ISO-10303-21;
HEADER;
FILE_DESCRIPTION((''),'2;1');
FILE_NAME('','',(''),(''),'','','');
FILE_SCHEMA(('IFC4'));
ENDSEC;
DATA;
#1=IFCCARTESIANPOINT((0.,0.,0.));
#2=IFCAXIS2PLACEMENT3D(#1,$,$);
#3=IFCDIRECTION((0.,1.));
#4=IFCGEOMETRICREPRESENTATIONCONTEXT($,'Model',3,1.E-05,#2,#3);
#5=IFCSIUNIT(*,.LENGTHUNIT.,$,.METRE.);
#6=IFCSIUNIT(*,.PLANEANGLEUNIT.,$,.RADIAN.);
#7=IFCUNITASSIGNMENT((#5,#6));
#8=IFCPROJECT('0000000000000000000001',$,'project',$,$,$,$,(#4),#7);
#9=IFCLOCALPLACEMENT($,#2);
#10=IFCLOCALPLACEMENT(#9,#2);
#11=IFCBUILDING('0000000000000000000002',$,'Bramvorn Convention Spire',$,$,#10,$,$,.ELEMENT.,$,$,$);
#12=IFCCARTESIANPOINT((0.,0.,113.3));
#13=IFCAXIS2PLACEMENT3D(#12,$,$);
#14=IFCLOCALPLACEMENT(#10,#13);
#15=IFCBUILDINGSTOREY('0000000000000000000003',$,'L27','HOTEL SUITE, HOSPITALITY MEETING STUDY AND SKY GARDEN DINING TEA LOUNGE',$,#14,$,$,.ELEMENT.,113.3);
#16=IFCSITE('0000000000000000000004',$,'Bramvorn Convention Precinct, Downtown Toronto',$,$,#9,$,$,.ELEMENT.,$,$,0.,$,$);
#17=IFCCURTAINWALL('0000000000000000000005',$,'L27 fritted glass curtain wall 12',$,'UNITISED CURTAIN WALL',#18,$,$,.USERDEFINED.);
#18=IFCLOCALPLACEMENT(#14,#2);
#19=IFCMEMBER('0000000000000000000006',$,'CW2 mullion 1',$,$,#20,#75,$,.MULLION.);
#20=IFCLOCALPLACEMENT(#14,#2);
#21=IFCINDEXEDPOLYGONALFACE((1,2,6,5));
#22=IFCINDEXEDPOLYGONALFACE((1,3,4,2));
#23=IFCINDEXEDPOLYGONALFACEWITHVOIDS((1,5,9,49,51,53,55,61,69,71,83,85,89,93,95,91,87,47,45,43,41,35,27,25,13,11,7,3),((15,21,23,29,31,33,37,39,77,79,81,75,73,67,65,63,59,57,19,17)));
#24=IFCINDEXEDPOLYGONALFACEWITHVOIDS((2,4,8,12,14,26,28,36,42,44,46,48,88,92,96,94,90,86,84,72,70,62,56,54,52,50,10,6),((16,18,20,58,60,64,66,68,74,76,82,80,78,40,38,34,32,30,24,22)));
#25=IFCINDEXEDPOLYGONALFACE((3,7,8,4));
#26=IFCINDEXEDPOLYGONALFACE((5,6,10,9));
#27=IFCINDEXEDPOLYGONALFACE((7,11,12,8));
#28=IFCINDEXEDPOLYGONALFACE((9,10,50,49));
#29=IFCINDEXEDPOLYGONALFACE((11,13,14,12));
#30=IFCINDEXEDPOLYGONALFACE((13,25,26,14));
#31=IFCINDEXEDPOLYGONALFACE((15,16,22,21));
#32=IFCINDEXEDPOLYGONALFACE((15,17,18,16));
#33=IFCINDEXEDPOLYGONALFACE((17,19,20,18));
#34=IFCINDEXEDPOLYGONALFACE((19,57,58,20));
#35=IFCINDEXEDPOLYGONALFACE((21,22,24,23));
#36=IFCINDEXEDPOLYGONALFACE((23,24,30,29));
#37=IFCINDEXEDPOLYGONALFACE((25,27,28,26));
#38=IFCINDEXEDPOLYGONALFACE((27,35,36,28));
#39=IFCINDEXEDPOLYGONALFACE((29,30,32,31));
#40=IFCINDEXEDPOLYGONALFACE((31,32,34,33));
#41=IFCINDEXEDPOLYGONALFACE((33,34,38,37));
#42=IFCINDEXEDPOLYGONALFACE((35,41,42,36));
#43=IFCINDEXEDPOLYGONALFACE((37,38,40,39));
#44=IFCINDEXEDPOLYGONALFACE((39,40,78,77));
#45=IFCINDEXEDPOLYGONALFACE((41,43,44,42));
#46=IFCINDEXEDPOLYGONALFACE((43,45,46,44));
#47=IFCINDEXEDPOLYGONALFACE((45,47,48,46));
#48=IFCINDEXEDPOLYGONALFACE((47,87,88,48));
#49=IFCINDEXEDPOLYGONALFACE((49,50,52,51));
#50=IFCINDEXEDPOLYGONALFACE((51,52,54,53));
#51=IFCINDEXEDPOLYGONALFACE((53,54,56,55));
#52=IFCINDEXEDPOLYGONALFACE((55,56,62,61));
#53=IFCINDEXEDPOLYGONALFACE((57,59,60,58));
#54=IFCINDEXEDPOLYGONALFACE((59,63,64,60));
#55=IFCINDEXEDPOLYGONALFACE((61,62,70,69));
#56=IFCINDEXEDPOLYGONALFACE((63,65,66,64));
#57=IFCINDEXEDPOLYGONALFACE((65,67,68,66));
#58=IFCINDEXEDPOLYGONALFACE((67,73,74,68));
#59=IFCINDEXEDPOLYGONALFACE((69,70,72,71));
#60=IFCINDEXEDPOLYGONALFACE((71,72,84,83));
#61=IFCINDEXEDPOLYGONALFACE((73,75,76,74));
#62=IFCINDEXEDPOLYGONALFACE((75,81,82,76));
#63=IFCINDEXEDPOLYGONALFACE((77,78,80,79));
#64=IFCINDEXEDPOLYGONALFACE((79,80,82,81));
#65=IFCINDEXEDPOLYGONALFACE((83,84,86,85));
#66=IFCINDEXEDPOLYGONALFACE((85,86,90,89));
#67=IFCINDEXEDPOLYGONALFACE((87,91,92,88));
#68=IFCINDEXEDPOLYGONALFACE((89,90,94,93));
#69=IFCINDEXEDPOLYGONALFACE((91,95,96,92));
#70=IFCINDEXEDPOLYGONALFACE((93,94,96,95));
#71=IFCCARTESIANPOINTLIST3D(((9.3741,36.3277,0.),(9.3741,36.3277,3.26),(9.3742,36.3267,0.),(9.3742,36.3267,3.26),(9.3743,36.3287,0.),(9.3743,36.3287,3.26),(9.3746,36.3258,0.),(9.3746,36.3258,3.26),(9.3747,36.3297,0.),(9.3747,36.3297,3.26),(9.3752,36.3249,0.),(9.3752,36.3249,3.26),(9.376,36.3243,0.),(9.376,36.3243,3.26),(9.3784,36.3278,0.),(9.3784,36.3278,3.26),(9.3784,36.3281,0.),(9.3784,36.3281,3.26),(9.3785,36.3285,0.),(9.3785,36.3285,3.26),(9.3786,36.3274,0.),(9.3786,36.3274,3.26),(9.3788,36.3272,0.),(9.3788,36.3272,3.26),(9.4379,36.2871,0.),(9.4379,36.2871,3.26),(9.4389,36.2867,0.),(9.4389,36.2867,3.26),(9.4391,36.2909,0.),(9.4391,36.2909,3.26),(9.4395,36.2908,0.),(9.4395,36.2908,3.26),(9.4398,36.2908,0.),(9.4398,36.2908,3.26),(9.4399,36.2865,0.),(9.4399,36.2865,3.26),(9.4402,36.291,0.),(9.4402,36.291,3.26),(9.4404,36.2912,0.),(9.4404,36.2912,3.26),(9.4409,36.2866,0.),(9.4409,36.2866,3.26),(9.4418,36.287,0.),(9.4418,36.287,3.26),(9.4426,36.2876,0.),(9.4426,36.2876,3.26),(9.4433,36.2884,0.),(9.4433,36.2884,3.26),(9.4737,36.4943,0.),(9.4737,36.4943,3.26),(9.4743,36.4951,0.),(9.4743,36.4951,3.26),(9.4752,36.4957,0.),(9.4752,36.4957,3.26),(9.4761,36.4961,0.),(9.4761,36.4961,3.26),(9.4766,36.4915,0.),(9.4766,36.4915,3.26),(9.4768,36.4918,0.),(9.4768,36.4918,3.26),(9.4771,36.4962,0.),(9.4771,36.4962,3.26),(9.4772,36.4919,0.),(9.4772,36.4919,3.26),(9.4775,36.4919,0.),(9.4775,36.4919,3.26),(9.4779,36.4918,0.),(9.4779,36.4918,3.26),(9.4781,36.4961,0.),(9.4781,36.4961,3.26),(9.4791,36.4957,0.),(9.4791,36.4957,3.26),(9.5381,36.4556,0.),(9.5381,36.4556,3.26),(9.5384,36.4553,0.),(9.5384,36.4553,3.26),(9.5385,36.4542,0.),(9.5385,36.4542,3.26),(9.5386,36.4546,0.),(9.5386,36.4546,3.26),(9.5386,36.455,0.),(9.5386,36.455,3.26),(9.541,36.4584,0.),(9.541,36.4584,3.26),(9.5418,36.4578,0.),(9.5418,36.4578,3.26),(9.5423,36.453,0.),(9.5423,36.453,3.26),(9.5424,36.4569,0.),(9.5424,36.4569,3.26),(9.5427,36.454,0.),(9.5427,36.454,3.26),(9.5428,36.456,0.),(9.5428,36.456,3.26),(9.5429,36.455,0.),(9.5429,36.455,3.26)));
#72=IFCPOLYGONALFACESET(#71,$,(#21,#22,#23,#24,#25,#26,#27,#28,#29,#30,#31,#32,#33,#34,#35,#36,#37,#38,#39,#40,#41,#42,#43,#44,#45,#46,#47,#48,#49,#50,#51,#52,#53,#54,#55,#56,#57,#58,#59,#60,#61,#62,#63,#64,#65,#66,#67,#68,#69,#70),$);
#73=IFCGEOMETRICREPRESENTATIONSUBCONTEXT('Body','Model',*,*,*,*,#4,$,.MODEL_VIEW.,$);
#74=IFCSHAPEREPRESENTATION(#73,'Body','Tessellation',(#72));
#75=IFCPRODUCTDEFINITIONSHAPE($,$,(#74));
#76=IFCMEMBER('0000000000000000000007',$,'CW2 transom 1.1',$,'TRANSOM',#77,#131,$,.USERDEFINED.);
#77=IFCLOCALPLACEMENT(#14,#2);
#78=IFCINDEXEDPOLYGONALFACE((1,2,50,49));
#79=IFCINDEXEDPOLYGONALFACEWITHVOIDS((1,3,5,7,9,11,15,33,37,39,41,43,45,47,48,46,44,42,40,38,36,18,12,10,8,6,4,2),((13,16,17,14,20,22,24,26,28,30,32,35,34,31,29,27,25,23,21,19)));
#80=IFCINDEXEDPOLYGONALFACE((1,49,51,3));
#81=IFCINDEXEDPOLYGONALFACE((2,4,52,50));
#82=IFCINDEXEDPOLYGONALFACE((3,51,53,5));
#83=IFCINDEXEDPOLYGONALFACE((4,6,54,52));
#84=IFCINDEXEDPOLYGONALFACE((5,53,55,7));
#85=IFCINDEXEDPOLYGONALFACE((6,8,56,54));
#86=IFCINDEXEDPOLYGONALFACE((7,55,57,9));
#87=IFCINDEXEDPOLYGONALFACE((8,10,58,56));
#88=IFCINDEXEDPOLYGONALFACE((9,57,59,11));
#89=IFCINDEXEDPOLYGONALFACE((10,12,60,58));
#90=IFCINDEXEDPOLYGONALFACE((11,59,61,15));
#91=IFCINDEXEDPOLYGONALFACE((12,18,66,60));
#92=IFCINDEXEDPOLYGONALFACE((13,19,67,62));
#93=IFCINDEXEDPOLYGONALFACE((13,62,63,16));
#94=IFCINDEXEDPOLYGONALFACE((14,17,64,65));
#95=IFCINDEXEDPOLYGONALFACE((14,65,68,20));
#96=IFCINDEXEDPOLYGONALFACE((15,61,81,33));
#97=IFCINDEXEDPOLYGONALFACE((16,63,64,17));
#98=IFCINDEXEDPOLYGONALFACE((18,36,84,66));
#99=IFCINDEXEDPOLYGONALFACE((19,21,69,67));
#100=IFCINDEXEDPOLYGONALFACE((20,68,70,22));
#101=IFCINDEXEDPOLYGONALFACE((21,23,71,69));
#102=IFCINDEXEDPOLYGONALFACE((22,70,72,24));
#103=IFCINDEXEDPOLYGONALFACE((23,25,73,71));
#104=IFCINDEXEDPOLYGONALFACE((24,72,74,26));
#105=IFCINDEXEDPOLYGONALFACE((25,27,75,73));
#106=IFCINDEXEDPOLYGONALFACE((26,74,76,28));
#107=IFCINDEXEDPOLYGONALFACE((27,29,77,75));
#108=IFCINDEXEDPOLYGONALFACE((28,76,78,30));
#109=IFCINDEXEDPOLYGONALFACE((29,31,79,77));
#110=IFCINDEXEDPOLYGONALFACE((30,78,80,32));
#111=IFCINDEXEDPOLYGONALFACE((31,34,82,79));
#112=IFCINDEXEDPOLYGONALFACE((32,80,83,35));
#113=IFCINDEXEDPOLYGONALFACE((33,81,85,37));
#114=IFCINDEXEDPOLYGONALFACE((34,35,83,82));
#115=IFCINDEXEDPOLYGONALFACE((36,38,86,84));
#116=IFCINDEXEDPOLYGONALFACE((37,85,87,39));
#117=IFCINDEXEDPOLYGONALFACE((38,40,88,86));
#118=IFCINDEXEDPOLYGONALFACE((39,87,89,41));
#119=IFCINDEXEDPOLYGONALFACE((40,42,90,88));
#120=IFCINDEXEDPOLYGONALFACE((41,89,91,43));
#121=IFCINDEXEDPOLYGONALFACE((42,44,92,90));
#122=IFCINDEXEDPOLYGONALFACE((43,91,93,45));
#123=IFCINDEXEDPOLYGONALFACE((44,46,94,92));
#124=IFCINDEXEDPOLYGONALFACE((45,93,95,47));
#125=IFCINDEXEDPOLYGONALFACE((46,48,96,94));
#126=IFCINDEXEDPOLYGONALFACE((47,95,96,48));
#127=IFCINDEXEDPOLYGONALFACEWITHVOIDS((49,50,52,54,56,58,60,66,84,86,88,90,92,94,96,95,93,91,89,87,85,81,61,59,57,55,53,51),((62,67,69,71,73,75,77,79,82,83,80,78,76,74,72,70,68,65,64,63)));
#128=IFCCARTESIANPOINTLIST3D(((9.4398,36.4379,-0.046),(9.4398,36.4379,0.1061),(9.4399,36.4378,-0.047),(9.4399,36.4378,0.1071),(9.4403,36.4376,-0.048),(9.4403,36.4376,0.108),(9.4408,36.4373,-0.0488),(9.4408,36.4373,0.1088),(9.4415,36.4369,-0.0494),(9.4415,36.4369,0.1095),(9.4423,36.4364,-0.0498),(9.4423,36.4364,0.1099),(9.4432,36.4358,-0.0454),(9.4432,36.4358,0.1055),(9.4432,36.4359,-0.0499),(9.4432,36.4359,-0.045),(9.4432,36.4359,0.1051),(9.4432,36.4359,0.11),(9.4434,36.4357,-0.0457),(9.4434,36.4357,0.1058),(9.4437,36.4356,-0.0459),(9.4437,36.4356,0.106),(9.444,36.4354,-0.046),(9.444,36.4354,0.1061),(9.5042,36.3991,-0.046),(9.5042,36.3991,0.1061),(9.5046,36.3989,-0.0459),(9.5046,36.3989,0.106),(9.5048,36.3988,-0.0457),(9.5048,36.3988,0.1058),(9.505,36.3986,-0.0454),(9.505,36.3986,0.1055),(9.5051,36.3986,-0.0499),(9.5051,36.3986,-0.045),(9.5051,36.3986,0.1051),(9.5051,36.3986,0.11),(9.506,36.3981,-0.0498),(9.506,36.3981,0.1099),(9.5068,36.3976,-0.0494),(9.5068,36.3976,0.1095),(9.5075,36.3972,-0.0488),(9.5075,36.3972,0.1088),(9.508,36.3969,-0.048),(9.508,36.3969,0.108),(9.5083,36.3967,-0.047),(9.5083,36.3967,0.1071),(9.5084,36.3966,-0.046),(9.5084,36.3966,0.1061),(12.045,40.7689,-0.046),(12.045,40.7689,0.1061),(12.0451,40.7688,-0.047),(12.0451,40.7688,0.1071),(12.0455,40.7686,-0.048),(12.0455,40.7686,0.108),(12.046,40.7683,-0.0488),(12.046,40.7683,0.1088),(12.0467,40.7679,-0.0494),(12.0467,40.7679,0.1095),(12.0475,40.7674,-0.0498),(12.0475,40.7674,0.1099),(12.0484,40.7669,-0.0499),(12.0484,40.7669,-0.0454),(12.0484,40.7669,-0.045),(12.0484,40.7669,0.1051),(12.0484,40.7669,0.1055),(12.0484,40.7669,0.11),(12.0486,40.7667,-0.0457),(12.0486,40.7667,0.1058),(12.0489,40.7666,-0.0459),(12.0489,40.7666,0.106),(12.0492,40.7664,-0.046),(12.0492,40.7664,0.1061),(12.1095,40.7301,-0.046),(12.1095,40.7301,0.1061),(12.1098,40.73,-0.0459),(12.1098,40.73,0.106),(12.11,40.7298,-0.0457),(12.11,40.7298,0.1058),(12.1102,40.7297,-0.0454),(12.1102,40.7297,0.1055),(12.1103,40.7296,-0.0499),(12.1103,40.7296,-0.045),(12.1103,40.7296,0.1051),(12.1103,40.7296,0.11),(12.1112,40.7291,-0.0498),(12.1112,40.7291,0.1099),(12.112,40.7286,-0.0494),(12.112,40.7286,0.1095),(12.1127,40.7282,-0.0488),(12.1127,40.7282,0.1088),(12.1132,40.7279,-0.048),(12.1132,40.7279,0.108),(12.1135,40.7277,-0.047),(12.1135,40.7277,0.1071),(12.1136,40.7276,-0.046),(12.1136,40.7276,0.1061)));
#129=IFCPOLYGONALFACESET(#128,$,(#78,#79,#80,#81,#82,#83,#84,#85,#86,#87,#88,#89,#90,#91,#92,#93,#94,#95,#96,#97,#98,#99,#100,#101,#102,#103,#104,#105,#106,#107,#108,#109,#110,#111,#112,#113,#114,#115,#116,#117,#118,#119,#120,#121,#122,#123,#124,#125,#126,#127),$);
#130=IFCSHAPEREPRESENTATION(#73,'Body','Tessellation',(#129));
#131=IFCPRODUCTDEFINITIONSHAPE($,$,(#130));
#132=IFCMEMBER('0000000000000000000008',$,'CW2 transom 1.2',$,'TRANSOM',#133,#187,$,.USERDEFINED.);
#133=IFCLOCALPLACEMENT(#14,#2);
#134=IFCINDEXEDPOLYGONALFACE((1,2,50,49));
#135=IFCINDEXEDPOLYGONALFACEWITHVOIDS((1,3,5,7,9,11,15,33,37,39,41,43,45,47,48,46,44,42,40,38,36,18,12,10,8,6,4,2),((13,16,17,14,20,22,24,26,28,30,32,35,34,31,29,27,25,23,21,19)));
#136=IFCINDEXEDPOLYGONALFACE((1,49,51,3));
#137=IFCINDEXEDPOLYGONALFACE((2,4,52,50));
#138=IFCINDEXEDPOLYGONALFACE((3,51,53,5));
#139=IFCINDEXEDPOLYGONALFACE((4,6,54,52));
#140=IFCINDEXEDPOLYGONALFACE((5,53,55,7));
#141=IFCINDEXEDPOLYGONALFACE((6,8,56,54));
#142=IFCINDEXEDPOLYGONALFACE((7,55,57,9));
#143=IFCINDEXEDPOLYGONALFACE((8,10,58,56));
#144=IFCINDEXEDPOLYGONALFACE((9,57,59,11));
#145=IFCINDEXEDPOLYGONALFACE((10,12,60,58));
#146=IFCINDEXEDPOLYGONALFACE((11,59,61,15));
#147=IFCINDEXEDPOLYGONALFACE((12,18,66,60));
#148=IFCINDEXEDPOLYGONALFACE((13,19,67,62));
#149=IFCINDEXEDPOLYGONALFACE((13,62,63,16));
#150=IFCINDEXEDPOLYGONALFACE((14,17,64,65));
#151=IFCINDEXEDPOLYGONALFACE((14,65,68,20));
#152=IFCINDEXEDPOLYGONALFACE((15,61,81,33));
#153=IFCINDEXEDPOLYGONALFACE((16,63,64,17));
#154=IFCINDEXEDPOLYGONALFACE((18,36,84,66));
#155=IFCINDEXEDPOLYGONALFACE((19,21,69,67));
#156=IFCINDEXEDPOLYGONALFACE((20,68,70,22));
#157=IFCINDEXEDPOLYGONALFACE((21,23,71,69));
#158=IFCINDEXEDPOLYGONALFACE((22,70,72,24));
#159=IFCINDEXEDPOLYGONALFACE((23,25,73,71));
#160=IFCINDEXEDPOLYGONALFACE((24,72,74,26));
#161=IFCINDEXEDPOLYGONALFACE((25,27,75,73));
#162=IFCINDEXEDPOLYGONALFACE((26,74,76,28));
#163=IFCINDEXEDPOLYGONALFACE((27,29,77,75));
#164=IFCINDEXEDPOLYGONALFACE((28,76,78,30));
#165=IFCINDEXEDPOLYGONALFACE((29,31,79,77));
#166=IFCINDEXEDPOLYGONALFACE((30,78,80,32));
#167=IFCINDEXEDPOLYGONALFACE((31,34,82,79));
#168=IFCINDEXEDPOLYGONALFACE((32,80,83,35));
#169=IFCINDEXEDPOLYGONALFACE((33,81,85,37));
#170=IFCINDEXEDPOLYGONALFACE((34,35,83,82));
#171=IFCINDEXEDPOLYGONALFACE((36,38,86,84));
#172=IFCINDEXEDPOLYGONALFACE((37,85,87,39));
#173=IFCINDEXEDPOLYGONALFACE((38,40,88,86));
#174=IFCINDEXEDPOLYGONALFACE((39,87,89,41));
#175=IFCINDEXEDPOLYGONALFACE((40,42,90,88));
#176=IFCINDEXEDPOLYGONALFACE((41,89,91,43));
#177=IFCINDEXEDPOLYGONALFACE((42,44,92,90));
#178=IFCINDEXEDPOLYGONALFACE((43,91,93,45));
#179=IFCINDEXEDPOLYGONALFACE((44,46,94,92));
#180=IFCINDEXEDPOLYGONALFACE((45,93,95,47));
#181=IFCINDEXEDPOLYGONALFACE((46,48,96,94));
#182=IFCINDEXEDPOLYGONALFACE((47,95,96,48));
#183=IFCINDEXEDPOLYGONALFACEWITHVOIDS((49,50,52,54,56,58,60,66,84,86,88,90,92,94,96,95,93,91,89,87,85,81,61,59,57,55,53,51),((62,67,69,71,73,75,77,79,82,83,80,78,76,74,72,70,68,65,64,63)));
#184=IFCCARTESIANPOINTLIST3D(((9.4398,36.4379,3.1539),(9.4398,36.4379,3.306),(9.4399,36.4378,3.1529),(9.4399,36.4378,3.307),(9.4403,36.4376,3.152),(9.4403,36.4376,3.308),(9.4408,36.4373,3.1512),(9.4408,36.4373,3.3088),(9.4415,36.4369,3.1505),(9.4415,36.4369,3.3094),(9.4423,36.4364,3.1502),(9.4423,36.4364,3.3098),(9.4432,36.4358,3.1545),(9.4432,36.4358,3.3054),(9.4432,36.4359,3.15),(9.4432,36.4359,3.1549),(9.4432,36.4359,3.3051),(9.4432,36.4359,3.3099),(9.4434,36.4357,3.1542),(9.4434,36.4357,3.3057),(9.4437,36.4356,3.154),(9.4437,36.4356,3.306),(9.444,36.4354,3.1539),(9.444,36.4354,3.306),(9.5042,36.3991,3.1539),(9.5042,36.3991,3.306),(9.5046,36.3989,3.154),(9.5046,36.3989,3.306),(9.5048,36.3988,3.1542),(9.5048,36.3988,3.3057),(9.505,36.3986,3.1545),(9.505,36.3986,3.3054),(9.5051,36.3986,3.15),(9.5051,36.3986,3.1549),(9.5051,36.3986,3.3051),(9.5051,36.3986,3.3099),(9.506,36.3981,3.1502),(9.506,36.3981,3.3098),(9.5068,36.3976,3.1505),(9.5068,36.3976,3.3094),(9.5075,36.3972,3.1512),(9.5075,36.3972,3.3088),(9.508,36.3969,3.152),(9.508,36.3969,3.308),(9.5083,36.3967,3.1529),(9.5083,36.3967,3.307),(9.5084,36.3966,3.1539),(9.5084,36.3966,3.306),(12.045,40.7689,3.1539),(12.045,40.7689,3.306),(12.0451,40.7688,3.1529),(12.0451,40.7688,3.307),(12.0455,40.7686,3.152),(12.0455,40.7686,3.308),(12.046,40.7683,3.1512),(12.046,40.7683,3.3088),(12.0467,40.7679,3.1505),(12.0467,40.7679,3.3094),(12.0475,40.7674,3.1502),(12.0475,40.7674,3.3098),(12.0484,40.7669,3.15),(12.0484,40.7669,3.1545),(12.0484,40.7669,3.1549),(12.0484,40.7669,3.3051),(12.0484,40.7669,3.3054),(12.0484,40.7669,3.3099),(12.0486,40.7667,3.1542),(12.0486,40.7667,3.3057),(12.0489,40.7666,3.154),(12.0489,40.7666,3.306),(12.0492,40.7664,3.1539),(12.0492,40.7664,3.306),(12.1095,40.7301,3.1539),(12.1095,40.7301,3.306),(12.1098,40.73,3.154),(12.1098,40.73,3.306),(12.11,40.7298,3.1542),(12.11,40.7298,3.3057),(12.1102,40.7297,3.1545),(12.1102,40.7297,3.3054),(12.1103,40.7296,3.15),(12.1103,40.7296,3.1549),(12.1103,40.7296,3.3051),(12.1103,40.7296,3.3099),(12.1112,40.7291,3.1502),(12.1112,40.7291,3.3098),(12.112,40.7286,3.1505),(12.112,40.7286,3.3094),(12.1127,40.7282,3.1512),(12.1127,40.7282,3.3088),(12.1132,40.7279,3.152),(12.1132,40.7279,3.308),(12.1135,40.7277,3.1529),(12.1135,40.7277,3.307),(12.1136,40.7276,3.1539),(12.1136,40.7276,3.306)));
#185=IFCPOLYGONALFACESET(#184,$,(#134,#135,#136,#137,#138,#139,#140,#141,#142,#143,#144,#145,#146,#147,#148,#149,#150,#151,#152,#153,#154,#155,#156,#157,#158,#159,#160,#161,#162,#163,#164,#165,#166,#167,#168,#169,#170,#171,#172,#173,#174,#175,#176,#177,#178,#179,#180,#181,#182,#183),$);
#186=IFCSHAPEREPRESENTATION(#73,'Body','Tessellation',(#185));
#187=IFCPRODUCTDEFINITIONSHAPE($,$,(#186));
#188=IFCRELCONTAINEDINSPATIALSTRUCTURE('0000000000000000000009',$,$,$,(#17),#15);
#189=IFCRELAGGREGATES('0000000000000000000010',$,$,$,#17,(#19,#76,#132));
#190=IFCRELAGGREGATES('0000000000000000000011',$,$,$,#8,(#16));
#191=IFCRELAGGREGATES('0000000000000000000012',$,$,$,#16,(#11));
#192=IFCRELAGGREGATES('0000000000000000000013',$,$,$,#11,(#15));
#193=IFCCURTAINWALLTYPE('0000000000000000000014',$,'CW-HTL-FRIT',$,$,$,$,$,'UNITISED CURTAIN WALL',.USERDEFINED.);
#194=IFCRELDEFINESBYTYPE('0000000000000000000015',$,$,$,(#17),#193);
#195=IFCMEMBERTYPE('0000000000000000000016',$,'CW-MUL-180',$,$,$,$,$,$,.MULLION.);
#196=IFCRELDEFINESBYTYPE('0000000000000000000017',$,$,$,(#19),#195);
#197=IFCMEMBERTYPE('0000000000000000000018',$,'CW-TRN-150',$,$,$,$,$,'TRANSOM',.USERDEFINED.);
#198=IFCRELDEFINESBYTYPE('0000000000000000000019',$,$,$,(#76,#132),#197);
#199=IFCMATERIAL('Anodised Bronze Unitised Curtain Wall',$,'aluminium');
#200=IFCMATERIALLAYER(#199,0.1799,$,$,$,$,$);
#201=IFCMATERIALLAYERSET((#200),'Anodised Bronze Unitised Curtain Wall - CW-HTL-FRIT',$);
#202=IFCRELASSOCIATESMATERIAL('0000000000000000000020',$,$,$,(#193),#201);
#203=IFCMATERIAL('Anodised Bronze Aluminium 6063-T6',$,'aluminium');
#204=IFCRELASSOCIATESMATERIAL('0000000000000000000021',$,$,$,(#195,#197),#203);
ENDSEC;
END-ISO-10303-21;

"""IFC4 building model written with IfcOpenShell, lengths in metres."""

from ifc_helpers import new_model, si_unit, direction, frame, origin, origin_2d, place, context, subcontext, project, spatial, hollow_rectangle, extrude, material, layer, layer_set, material_profile, profile_set, type_object, element, aggregate, save


model = new_model("IFC4")

# Units and contexts
model_context = context("Model", 3, precision=1e-05, world=origin(), true_north=direction((0.0, 1.0)))
body_context = subcontext(model_context, "Body", "Model", "MODEL_VIEW")
ifc_project = project(units=[si_unit("LENGTHUNIT", "METRE"), si_unit("PLANEANGLEUNIT", "RADIAN")], contexts=[model_context])

# Site, building, storey
site_placement = place(None, origin())
site = spatial("IfcSite", under=ifc_project, at=site_placement, Name="Bramvorn Convention Precinct, Downtown Toronto", CompositionType="ELEMENT", RefElevation=0.0)
building_placement = place(site_placement, origin())
building = spatial("IfcBuilding", under=site, at=building_placement, Name="Bramvorn Convention Spire", CompositionType="ELEMENT")
storey_placement = place(building_placement, frame((0.0, 0.0, 113.3)))
storey = spatial("IfcBuildingStorey", under=building, at=storey_placement, Name="L27", Description="HOTEL SUITE, HOSPITALITY MEETING STUDY AND SKY GARDEN DINING TEA LOUNGE", CompositionType="ELEMENT", Elevation=113.3)

# Curtain wall, members
ifc_material_1 = material(Name="Anodised Bronze Unitised Curtain Wall", Category="aluminium")
ifc_layer_1 = layer(ifc_material_1, 0.1799)
ifc_layer_set_1 = layer_set([ifc_layer_1], Name="Anodised Bronze Unitised Curtain Wall - CW-HTL-FRIT")
curtain_wall_type = type_object("IfcCurtainWallType", Name="CW-HTL-FRIT", ElementType="UNITISED CURTAIN WALL", PredefinedType="USERDEFINED", material=ifc_layer_set_1)
curtain_wall_placement = place(storey_placement, origin())
curtain_wall = element("IfcCurtainWall", 1, at=curtain_wall_placement, inside=storey, type_object=curtain_wall_type, Name="L27 fritted glass curtain wall 12", ObjectType="UNITISED CURTAIN WALL", PredefinedType="USERDEFINED")
ifc_material_2 = material(Name="Anodised Bronze Aluminium 6063-T6", Category="aluminium")
ifc_material_profile_1 = material_profile(ifc_material_2, hollow_rectangle(XDim=0.0801, YDim=0.2, WallThickness=0.0039, InnerFilletRadius=0.001, OuterFilletRadius=0.0039, at=origin_2d()))
ifc_profile_set_1 = profile_set([ifc_material_profile_1], Name="Anodised Bronze Aluminium 6063-T6 - CWM80X200")
member_type_1 = type_object("IfcMemberType", Name="CW-MUL-180", PredefinedType="MULLION", material=ifc_profile_set_1)
member_1_placement = place(storey_placement, frame((9.4585, 36.3914, 0.0), z_axis=(0.0, 0.0, 1.0), x_axis=(-0.856907, 0.51547, 0.0)))
member_1 = element("IfcMember", 2, at=member_1_placement, type_object=member_type_1, Name="CW2 mullion 1", PredefinedType="MULLION", context=body_context, shape_type="SweptSolid", body=[
    extrude(hollow_rectangle(XDim=0.0801, YDim=0.2, WallThickness=0.0039, InnerFilletRadius=0.001, OuterFilletRadius=0.0039, at=origin_2d()), origin(), (0.0, 0.0, 1.0), 3.26),
])
ifc_material_profile_2 = material_profile(ifc_material_2, hollow_rectangle(XDim=0.0801, YDim=0.1599, WallThickness=0.0039, InnerFilletRadius=0.001, OuterFilletRadius=0.0039, at=origin_2d()))
ifc_profile_set_2 = profile_set([ifc_material_profile_2], Name="Anodised Bronze Aluminium 6063-T6 - CWT80X160")
member_type_2 = type_object("IfcMemberType", Name="CW-TRN-150", ElementType="TRANSOM", PredefinedType="USERDEFINED", material=ifc_profile_set_2)
member_2_placement = place(storey_placement, frame((9.4741, 36.4172, 0.03), z_axis=(0.515454, 0.856917, 0.0), x_axis=(-0.856917, 0.515454, 0.0)))
member_2 = element("IfcMember", 3, at=member_2_placement, type_object=member_type_2, Name="CW2 transom 1.1", ObjectType="TRANSOM", PredefinedType="USERDEFINED", context=body_context, shape_type="SweptSolid", body=[
    extrude(hollow_rectangle(XDim=0.0801, YDim=0.1599, WallThickness=0.0039, InnerFilletRadius=0.001, OuterFilletRadius=0.0039, at=origin_2d()), origin(), (0.0, 0.0, 1.0), 5.0542),
])
member_3_placement = place(storey_placement, frame((9.4741, 36.4172, 3.23), z_axis=(0.515454, 0.856917, 0.0), x_axis=(-0.856917, 0.515454, 0.0)))
member_3 = element("IfcMember", 4, at=member_3_placement, type_object=member_type_2, Name="CW2 transom 1.2", ObjectType="TRANSOM", PredefinedType="USERDEFINED", context=body_context, shape_type="SweptSolid", body=[
    extrude(hollow_rectangle(XDim=0.0801, YDim=0.1599, WallThickness=0.0039, InnerFilletRadius=0.001, OuterFilletRadius=0.0039, at=origin_2d()), origin(), (0.0, 0.0, 1.0), 5.0542),
])

aggregate(curtain_wall, [member_1, member_2, member_3])

save(model, "model.ifc")
